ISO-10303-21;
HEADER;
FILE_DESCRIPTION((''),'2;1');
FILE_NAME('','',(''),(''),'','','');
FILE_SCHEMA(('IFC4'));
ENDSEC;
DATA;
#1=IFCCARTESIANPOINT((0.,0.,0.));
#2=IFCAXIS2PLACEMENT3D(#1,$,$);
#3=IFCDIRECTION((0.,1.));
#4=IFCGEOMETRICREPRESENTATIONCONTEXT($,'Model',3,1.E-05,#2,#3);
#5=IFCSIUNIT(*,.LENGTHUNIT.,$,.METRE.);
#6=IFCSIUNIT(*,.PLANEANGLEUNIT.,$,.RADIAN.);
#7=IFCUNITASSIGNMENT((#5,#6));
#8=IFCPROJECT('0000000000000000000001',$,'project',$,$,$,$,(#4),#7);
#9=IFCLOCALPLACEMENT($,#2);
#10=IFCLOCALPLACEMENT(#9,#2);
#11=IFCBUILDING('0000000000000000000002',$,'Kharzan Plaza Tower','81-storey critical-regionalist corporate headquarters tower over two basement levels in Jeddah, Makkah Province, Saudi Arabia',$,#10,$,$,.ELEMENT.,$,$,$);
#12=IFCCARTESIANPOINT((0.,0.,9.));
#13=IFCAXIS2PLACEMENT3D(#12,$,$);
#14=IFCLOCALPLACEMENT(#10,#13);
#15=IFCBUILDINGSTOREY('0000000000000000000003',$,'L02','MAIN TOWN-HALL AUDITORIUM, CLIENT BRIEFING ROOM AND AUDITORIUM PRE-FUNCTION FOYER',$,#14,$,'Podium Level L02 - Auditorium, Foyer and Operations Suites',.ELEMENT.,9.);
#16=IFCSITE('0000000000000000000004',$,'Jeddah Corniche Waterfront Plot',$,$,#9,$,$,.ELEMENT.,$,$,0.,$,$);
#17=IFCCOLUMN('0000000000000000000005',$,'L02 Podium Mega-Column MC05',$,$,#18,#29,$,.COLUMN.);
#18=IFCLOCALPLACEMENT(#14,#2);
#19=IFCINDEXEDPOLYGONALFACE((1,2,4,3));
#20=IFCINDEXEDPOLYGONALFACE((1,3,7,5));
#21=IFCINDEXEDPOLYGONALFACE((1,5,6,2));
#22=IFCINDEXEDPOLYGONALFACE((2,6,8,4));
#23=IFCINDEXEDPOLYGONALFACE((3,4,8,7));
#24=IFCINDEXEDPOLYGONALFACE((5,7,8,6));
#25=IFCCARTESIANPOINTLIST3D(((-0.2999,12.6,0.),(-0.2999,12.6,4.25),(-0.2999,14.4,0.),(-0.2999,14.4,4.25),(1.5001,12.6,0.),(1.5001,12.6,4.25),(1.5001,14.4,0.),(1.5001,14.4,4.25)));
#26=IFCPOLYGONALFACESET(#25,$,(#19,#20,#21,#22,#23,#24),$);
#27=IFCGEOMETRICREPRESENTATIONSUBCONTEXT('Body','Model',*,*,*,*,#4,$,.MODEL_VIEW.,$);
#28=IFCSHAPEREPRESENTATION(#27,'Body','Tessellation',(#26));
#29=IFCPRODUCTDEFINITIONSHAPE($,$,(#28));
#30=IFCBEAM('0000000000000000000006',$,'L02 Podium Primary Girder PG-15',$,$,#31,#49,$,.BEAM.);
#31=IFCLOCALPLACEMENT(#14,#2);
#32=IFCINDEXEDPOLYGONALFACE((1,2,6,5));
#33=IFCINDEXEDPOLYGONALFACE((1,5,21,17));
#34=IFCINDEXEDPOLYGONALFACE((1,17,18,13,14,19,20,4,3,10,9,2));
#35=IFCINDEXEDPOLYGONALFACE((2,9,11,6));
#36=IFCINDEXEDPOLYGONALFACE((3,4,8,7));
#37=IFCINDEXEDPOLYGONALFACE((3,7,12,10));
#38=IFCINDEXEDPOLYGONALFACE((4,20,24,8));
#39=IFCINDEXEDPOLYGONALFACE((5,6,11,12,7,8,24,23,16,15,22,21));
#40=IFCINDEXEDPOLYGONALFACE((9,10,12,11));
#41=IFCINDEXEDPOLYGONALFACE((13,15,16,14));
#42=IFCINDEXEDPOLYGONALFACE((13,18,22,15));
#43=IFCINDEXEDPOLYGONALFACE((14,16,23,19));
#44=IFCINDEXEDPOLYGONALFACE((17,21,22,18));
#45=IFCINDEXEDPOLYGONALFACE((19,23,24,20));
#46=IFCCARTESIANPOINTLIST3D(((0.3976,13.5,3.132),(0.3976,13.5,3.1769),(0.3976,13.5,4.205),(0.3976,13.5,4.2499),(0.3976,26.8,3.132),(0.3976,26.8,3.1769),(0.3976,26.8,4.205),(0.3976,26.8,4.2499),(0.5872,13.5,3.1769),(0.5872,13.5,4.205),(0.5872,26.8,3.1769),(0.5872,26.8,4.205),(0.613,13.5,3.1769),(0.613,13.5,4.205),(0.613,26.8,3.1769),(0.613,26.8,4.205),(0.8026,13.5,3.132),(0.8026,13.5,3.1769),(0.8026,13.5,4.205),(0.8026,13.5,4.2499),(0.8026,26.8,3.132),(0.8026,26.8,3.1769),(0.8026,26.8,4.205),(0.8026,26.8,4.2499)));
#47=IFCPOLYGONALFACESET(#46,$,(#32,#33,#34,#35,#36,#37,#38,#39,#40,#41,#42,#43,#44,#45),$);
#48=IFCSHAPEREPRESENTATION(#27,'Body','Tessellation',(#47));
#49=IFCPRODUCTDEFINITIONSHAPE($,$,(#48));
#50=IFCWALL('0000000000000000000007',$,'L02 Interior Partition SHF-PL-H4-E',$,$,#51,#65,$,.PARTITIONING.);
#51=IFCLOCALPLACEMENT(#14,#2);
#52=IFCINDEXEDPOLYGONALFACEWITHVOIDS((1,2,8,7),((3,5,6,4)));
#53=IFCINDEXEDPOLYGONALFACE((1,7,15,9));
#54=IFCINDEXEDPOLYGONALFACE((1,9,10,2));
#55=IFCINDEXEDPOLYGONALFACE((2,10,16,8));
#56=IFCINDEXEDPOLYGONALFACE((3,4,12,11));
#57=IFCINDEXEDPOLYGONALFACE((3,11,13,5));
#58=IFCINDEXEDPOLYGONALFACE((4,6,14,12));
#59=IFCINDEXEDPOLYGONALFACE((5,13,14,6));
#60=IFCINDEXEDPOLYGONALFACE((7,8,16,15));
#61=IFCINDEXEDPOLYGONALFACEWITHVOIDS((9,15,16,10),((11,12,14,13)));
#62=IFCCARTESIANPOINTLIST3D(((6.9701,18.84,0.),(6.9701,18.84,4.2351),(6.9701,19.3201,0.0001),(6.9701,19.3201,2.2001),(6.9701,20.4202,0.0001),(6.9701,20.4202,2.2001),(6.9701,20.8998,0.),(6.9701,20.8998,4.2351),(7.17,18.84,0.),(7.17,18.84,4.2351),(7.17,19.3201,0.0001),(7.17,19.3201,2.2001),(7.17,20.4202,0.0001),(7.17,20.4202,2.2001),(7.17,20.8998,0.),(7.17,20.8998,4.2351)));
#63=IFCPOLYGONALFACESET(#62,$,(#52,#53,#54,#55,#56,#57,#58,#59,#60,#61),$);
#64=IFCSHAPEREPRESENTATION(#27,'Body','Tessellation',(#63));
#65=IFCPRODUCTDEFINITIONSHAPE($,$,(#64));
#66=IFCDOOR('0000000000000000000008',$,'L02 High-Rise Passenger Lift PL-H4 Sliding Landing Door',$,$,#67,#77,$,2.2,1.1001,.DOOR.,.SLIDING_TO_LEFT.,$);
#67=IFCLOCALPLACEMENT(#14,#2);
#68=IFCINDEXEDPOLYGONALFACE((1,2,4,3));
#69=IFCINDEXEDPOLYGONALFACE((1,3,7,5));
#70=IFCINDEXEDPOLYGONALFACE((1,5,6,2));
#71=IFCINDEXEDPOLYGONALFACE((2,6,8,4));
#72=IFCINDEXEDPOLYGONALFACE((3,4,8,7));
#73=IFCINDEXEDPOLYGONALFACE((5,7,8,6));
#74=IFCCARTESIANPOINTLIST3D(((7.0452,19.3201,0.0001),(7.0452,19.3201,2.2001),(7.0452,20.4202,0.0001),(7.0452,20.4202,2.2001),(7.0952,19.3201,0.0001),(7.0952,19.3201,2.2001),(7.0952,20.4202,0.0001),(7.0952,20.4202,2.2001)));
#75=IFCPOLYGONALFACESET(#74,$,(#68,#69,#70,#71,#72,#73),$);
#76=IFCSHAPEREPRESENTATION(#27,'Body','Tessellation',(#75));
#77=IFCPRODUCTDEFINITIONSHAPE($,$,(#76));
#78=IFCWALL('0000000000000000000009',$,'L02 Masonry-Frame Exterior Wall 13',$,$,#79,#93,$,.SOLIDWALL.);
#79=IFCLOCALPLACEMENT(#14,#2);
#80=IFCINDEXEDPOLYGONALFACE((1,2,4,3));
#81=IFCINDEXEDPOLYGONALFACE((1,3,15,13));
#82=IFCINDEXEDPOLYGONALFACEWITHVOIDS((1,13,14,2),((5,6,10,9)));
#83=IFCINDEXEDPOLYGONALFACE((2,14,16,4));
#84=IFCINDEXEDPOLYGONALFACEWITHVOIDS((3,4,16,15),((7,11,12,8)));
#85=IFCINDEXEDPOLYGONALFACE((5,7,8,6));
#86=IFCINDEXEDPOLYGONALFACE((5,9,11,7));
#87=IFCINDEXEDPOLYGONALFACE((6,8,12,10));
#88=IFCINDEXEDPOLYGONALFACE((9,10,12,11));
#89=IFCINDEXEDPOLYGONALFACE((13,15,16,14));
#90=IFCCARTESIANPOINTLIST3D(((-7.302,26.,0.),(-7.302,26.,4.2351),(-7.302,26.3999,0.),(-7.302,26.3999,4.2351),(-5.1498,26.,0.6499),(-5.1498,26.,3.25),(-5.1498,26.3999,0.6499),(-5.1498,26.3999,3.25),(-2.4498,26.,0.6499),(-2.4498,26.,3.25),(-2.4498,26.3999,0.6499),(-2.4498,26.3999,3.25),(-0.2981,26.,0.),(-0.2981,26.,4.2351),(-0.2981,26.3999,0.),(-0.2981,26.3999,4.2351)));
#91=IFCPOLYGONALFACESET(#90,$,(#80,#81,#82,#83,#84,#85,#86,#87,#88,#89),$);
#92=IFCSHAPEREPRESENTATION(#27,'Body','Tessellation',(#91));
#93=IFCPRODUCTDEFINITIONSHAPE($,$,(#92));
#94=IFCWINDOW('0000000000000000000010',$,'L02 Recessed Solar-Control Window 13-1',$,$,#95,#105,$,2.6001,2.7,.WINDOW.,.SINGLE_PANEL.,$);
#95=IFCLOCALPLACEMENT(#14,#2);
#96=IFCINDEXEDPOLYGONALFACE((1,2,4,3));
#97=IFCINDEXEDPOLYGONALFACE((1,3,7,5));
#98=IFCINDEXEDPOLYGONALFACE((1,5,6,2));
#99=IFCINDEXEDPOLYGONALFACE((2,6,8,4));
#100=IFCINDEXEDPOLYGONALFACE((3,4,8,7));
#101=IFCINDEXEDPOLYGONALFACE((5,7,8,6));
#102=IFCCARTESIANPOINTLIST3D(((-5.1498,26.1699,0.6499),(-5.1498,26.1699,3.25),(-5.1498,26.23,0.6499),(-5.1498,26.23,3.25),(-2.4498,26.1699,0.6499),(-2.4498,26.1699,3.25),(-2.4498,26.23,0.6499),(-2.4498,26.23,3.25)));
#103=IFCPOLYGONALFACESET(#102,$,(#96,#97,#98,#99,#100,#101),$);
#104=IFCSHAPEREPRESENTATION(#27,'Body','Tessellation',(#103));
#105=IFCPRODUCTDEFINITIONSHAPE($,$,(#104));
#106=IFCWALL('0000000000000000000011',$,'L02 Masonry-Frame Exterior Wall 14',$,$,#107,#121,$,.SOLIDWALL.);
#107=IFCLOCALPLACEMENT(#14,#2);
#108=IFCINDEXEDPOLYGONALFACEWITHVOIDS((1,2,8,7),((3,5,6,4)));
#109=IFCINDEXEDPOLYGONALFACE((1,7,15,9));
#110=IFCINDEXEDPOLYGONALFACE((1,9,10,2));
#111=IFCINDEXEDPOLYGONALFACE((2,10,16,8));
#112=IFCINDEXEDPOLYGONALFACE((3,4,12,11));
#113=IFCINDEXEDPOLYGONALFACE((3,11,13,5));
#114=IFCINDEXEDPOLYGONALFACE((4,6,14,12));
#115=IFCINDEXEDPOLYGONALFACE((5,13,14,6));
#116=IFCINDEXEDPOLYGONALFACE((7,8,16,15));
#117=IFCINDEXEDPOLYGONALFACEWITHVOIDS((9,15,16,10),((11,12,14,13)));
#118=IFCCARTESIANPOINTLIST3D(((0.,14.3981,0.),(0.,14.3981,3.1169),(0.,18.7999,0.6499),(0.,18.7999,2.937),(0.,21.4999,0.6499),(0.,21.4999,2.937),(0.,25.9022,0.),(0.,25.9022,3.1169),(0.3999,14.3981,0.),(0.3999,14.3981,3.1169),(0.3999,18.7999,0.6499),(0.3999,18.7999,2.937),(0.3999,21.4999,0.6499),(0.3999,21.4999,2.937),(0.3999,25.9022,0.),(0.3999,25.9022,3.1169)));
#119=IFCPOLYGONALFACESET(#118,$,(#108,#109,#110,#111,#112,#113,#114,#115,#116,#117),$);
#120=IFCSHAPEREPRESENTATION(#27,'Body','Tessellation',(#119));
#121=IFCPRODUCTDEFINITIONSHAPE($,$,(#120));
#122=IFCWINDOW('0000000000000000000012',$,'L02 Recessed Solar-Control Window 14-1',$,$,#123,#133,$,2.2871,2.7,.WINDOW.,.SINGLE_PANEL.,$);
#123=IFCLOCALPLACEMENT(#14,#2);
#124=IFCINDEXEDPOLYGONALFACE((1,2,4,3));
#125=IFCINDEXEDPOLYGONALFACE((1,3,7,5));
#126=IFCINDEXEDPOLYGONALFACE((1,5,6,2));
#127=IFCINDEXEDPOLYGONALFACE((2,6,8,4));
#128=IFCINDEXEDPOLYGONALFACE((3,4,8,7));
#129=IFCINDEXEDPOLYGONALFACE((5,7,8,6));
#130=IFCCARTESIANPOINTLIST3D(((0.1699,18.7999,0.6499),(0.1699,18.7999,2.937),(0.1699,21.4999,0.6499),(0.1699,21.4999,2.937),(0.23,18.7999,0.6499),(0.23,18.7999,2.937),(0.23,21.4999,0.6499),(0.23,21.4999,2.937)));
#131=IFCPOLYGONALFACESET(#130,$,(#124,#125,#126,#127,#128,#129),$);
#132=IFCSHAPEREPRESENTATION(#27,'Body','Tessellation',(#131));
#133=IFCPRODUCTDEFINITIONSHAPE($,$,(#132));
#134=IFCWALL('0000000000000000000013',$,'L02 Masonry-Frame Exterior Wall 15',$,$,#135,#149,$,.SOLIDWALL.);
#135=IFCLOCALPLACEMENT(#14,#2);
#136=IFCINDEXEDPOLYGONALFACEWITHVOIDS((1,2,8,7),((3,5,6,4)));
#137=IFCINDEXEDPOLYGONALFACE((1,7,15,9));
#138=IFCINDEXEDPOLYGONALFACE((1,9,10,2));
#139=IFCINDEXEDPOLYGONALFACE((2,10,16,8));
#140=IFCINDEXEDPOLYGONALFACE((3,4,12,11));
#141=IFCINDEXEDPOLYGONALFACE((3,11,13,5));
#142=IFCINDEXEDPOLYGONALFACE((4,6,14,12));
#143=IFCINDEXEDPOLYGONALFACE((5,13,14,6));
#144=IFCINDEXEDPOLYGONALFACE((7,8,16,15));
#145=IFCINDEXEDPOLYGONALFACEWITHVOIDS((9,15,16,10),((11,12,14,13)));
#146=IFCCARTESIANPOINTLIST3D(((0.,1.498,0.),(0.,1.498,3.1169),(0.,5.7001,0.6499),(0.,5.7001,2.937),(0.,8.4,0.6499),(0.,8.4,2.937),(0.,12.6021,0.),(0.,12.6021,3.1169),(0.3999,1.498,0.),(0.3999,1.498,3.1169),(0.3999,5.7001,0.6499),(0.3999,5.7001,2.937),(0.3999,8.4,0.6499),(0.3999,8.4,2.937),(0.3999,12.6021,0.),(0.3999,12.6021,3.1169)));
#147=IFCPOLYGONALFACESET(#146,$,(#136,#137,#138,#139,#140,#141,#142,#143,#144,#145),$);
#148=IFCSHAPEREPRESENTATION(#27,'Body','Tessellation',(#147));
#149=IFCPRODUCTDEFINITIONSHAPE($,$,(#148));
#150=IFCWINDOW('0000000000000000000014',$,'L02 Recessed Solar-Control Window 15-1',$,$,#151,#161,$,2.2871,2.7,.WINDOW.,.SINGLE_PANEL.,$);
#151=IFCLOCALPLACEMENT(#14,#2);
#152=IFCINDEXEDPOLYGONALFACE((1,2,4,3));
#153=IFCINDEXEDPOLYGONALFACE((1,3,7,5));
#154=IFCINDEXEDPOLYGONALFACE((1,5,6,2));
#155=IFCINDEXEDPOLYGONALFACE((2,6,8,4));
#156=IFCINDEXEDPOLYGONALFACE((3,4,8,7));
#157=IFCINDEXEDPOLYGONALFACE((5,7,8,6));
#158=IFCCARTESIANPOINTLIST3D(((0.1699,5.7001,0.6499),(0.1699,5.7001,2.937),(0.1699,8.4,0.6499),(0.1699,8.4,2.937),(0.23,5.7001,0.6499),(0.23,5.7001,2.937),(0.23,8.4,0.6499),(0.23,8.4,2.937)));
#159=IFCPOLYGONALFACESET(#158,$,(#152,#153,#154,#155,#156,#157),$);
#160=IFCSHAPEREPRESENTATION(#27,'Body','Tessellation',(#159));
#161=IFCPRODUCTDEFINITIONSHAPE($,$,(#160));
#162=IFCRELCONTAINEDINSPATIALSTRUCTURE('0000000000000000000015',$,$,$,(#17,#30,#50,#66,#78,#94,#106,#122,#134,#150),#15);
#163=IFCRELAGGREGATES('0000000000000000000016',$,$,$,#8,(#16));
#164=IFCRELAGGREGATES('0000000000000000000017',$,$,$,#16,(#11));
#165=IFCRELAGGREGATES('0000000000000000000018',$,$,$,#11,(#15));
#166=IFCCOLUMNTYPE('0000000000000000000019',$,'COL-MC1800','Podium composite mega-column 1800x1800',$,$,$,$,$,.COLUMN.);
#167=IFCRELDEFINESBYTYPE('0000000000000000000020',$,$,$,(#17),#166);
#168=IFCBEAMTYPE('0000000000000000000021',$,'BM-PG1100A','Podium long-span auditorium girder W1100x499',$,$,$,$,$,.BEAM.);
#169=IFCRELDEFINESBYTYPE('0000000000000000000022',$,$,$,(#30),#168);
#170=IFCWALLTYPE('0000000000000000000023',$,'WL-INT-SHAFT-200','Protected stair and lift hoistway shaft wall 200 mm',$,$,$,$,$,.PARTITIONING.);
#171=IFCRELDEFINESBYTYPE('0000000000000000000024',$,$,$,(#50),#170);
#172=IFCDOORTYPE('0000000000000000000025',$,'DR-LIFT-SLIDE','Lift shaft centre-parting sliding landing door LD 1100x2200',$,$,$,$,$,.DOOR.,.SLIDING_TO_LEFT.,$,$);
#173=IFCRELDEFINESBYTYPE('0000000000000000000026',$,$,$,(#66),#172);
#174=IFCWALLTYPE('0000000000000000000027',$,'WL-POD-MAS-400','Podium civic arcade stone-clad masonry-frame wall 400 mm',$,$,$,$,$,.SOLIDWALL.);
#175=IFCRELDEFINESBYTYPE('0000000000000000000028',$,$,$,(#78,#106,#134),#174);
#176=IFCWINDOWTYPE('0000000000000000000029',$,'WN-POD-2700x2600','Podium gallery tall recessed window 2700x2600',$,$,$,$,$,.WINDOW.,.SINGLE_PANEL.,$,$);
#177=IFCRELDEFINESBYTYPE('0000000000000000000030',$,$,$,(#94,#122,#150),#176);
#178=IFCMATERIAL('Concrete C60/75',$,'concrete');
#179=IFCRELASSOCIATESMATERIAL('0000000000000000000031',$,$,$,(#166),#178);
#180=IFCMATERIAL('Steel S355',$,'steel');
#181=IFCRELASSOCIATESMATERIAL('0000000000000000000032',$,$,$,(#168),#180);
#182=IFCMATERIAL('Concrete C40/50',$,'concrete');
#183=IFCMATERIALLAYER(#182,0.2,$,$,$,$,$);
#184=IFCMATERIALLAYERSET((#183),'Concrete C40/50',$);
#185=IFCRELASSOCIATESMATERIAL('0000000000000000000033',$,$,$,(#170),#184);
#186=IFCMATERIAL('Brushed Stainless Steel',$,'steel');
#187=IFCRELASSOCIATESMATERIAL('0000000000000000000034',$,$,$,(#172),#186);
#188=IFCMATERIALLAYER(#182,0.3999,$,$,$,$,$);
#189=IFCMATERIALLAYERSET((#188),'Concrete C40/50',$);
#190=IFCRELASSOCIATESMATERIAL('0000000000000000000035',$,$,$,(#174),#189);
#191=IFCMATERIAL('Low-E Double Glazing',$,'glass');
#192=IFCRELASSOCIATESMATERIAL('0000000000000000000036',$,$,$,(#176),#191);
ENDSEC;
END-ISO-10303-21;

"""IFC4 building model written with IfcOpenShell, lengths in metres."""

from ifc_helpers import new_model, si_unit, direction, frame, frame_2d, origin, origin_2d, place, context, subcontext, project, spatial, rectangle, i_section, extrude, source, transform, mapped, material, layer, layer_set, material_profile, profile_set, type_object, element, fill, save


model = new_model("IFC4")

# Units and contexts
model_context = context("Model", 3, precision=1e-05, world=origin(), true_north=direction((0.0, 1.0)))
body_context = subcontext(model_context, "Body", "Model", "MODEL_VIEW")
ifc_project = project(units=[si_unit("LENGTHUNIT", "METRE"), si_unit("PLANEANGLEUNIT", "RADIAN")], contexts=[model_context])

# Site, building, storey
site_placement = place(None, origin())
site = spatial("IfcSite", under=ifc_project, at=site_placement, Name="Jeddah Corniche Waterfront Plot", CompositionType="ELEMENT", RefElevation=0.0)
building_placement = place(site_placement, origin())
building = spatial("IfcBuilding", under=site, at=building_placement, Name="Kharzan Plaza Tower", Description="81-storey critical-regionalist corporate headquarters tower over two basement levels in Jeddah, Makkah Province, Saudi Arabia", CompositionType="ELEMENT")
storey_placement = place(building_placement, frame((0.0, 0.0, 9.0)))
storey = spatial("IfcBuildingStorey", under=building, at=storey_placement, Name="L02", Description="MAIN TOWN-HALL AUDITORIUM, CLIENT BRIEFING ROOM AND AUDITORIUM PRE-FUNCTION FOYER", LongName="Podium Level L02 - Auditorium, Foyer and Operations Suites", CompositionType="ELEMENT", Elevation=9.0)

# Column
ifc_material_1 = material(Name="Concrete C60/75", Category="concrete")
ifc_material_profile_1 = material_profile(ifc_material_1, rectangle(XDim=1.8, YDim=1.8, at=origin_2d()), Name="RC-MC1800x1800")
ifc_profile_set_1 = profile_set([ifc_material_profile_1], Name="Concrete C60/75")
column_type = type_object("IfcColumnType", Name="COL-MC1800", Description="Podium composite mega-column 1800x1800", PredefinedType="COLUMN", material=ifc_profile_set_1)
shared_shape_1 = source(origin(), body_context, "Body", "SweptSolid", [
    extrude(rectangle(XDim=1.8, YDim=1.8, at=origin_2d()), origin(), (0.0, 0.0, 1.0), 4.25),
])
column_placement = place(storey_placement, frame((0.6001, 13.5, 0.0), z_axis=(0.0, 0.0, 1.0), x_axis=(1.0, 0.0, 0.0)))
element("IfcColumn", 1, at=column_placement, inside=storey, type_object=column_type, Name="L02 Podium Mega-Column MC05", PredefinedType="COLUMN", context=body_context, shape_type="MappedRepresentation", body=[
    mapped(shared_shape_1, transform((0.0, 0.0, 0.0), x_axis=(1.0, 0.0, 0.0), y_axis=(0.0, 1.0, 0.0), z_axis=(0.0, 0.0, 1.0))),
])

# Beam
ifc_material_2 = material(Name="Steel S355", Category="steel")
ifc_material_profile_2 = material_profile(ifc_material_2, i_section(OverallWidth=0.405, OverallDepth=1.1179, WebThickness=0.0259, FlangeThickness=0.0449, at=origin_2d()), Name="W1100x499")
ifc_profile_set_2 = profile_set([ifc_material_profile_2], Name="Steel S355")
beam_type = type_object("IfcBeamType", Name="BM-PG1100A", Description="Podium long-span auditorium girder W1100x499", PredefinedType="BEAM", material=ifc_profile_set_2)
shared_shape_2 = source(origin(), body_context, "Body", "SweptSolid", [
    extrude(i_section(OverallWidth=0.405, OverallDepth=1.1179, WebThickness=0.0259, FlangeThickness=0.0449, at=origin_2d()), origin(), (0.0, 0.0, 1.0), 13.3),
])
beam_placement = place(storey_placement, frame((0.6001, 13.5, 3.6909), z_axis=(0.0, 1.0, 0.0), x_axis=(-1.0, 0.0, 0.0)))
element("IfcBeam", 2, at=beam_placement, inside=storey, type_object=beam_type, Name="L02 Podium Primary Girder PG-15", PredefinedType="BEAM", context=body_context, shape_type="MappedRepresentation", body=[
    mapped(shared_shape_2, transform((0.0, 0.0, 0.0), x_axis=(1.0, 0.0, 0.0), y_axis=(0.0, 1.0, 0.0), z_axis=(0.0, 0.0, 1.0))),
])

# Wall, opening, door
ifc_material_3 = material(Name="Concrete C40/50", Category="concrete")
ifc_layer_1 = layer(ifc_material_3, 0.2)
ifc_layer_set_1 = layer_set([ifc_layer_1], Name="Concrete C40/50")
wall_type_1 = type_object("IfcWallType", Name="WL-INT-SHAFT-200", Description="Protected stair and lift hoistway shaft wall 200 mm", PredefinedType="PARTITIONING", material=ifc_layer_set_1)
wall_1_placement = place(storey_placement, frame((7.0701, 18.8401, 0.0), z_axis=(0.0, 0.0, 1.0), x_axis=(0.0, 1.0, 0.0)))
wall_1 = element("IfcWall", 3, at=wall_1_placement, inside=storey, type_object=wall_type_1, Name="L02 Interior Partition SHF-PL-H4-E", PredefinedType="PARTITIONING", context=body_context, shape_type="SweptSolid", body=[
    extrude(rectangle(XDim=2.0598, YDim=0.2, at=frame_2d((1.0298, 0.0))), origin(), (0.0, 0.0, 1.0), 4.2351),
])
opening_1_placement = place(wall_1_placement, frame((0.48, 0.0, 0.0)))
opening_1 = element("IfcOpeningElement", 4, at=opening_1_placement, cuts=wall_1, PredefinedType="OPENING", context=body_context, shape_type="SweptSolid", body=[
    extrude(rectangle(XDim=1.1001, YDim=2.2, at=frame_2d((0.55, 1.1001))), frame((0.0, 0.1099, 0.0), z_axis=(0.0, -1.0, 0.0), x_axis=(1.0, 0.0, 0.0)), (0.0, 0.0, 1.0), 0.22),
])
ifc_material_4 = material(Name="Brushed Stainless Steel", Category="steel")
door_type_1 = type_object("IfcDoorType", Name="DR-LIFT-SLIDE", Description="Lift shaft centre-parting sliding landing door LD 1100x2200", OperationType="SLIDING_TO_LEFT", PredefinedType="DOOR", material=ifc_material_4)
shared_shape_3 = source(origin(), body_context, "Body", "SweptSolid", [
    extrude(rectangle(XDim=1.1001, YDim=2.2, at=frame_2d((0.55, 1.1001))), frame((0.0, 0.0249, 0.0), z_axis=(0.0, -1.0, 0.0), x_axis=(1.0, 0.0, 0.0)), (0.0, 0.0, 1.0), 0.05),
])
door_1_placement = place(opening_1_placement, origin())
door_1 = element("IfcDoor", 5, at=door_1_placement, inside=storey, type_object=door_type_1, Name="L02 High-Rise Passenger Lift PL-H4 Sliding Landing Door", OperationType="SLIDING_TO_LEFT", OverallHeight=2.2, OverallWidth=1.1001, PredefinedType="DOOR", context=body_context, shape_type="MappedRepresentation", body=[
    mapped(shared_shape_3, transform((0.0, 0.0, 0.0), x_axis=(1.0, 0.0, 0.0), y_axis=(0.0, 1.0, 0.0), z_axis=(0.0, 0.0, 1.0))),
])
fill(opening_1, door_1)

# Walls, openings, windows
ifc_layer_2 = layer(ifc_material_3, 0.3999)
ifc_layer_set_2 = layer_set([ifc_layer_2], Name="Concrete C40/50")
wall_type_2 = type_object("IfcWallType", Name="WL-POD-MAS-400", Description="Podium civic arcade stone-clad masonry-frame wall 400 mm", PredefinedType="SOLIDWALL", material=ifc_layer_set_2)
wall_2_placement = place(storey_placement, frame((-7.302, 26.2, 0.0), z_axis=(0.0, 0.0, 1.0), x_axis=(1.0, 0.0, 0.0)))
wall_2 = element("IfcWall", 6, at=wall_2_placement, inside=storey, type_object=wall_type_2, Name="L02 Masonry-Frame Exterior Wall 13", PredefinedType="SOLIDWALL", context=body_context, shape_type="SweptSolid", body=[
    extrude(rectangle(XDim=7.0039, YDim=0.3999, at=frame_2d((3.502, 0.0))), origin(), (0.0, 0.0, 1.0), 4.2351),
])
opening_2_placement = place(wall_2_placement, frame((2.1521, 0.0, 0.6499)))
opening_2 = element("IfcOpeningElement", 7, at=opening_2_placement, cuts=wall_2, PredefinedType="OPENING", context=body_context, shape_type="SweptSolid", body=[
    extrude(rectangle(XDim=2.7, YDim=2.6001, at=frame_2d((1.3501, 1.3))), frame((0.0, 0.21, 0.0), z_axis=(0.0, -1.0, 0.0), x_axis=(1.0, 0.0, 0.0)), (0.0, 0.0, 1.0), 0.4199),
])
ifc_material_5 = material(Name="Low-E Double Glazing", Category="glass")
window_type = type_object("IfcWindowType", Name="WN-POD-2700x2600", Description="Podium gallery tall recessed window 2700x2600", PartitioningType="SINGLE_PANEL", PredefinedType="WINDOW", material=ifc_material_5)
shared_shape_4 = source(origin(), body_context, "Body", "SweptSolid", [
    extrude(rectangle(XDim=2.7, YDim=2.6001, at=frame_2d((1.3501, 1.3))), frame((0.0, 0.03, 0.0), z_axis=(0.0, -1.0, 0.0), x_axis=(1.0, 0.0, 0.0)), (0.0, 0.0, 1.0), 0.0601),
])
window_1_placement = place(opening_2_placement, origin())
window_1 = element("IfcWindow", 8, at=window_1_placement, inside=storey, type_object=window_type, Name="L02 Recessed Solar-Control Window 13-1", OverallHeight=2.6001, OverallWidth=2.7, PartitioningType="SINGLE_PANEL", PredefinedType="WINDOW", context=body_context, shape_type="MappedRepresentation", body=[
    mapped(shared_shape_4, transform((0.0, 0.0, 0.0), x_axis=(1.0, 0.0, 0.0), y_axis=(0.0, 1.0, 0.0), z_axis=(0.0, 0.0, 1.0))),
])
fill(opening_2, window_1)
wall_3_placement = place(storey_placement, frame((0.2, 25.9021, 0.0), z_axis=(0.0, 0.0, 1.0), x_axis=(0.0, -1.0, 0.0)))
wall_3 = element("IfcWall", 9, at=wall_3_placement, inside=storey, type_object=wall_type_2, Name="L02 Masonry-Frame Exterior Wall 14", PredefinedType="SOLIDWALL", context=body_context, shape_type="SweptSolid", body=[
    extrude(rectangle(XDim=11.5042, YDim=0.3999, at=frame_2d((5.752, 0.0))), origin(), (0.0, 0.0, 1.0), 3.1169),
])
opening_3_placement = place(wall_3_placement, frame((4.4021, 0.0, 0.6499)))
opening_3 = element("IfcOpeningElement", 10, at=opening_3_placement, cuts=wall_3, PredefinedType="OPENING", context=body_context, shape_type="SweptSolid", body=[
    extrude(rectangle(XDim=2.7, YDim=2.2871, at=frame_2d((1.3501, 1.1436))), frame((0.0, 0.21, 0.0), z_axis=(0.0, -1.0, 0.0), x_axis=(1.0, 0.0, 0.0)), (0.0, 0.0, 1.0), 0.4199),
])
shared_shape_5 = source(origin(), body_context, "Body", "SweptSolid", [
    extrude(rectangle(XDim=2.7, YDim=2.2871, at=frame_2d((1.3501, 1.1436))), frame((0.0, 0.03, 0.0), z_axis=(0.0, -1.0, 0.0), x_axis=(1.0, 0.0, 0.0)), (0.0, 0.0, 1.0), 0.0601),
])
window_2_placement = place(opening_3_placement, origin())
window_2 = element("IfcWindow", 11, at=window_2_placement, inside=storey, type_object=window_type, Name="L02 Recessed Solar-Control Window 14-1", OverallHeight=2.2871, OverallWidth=2.7, PartitioningType="SINGLE_PANEL", PredefinedType="WINDOW", context=body_context, shape_type="MappedRepresentation", body=[
    mapped(shared_shape_5, transform((0.0, 0.0, 0.0), x_axis=(1.0, 0.0, 0.0), y_axis=(0.0, 1.0, 0.0), z_axis=(0.0, 0.0, 1.0))),
])
fill(opening_3, window_2)
wall_4_placement = place(storey_placement, frame((0.2, 12.6021, 0.0), z_axis=(0.0, 0.0, 1.0), x_axis=(0.0, -1.0, 0.0)))
wall_4 = element("IfcWall", 12, at=wall_4_placement, inside=storey, type_object=wall_type_2, Name="L02 Masonry-Frame Exterior Wall 15", PredefinedType="SOLIDWALL", context=body_context, shape_type="SweptSolid", body=[
    extrude(rectangle(XDim=11.104, YDim=0.3999, at=frame_2d((5.552, 0.0))), origin(), (0.0, 0.0, 1.0), 3.1169),
])
opening_4_placement = place(wall_4_placement, frame((4.2019, 0.0, 0.6499)))
opening_4 = element("IfcOpeningElement", 13, at=opening_4_placement, cuts=wall_4, PredefinedType="OPENING", context=body_context, shape_type="SweptSolid", body=[
    extrude(rectangle(XDim=2.7, YDim=2.2871, at=frame_2d((1.3501, 1.1436))), frame((0.0, 0.21, 0.0), z_axis=(0.0, -1.0, 0.0), x_axis=(1.0, 0.0, 0.0)), (0.0, 0.0, 1.0), 0.4199),
])
window_3_placement = place(opening_4_placement, origin())
window_3 = element("IfcWindow", 14, at=window_3_placement, inside=storey, type_object=window_type, Name="L02 Recessed Solar-Control Window 15-1", OverallHeight=2.2871, OverallWidth=2.7, PartitioningType="SINGLE_PANEL", PredefinedType="WINDOW", context=body_context, shape_type="MappedRepresentation", body=[
    mapped(shared_shape_5, transform((0.0, 0.0, 0.0), x_axis=(1.0, 0.0, 0.0), y_axis=(0.0, 1.0, 0.0), z_axis=(0.0, 0.0, 1.0))),
])
fill(opening_4, window_3)

save(model, "model.ifc")
